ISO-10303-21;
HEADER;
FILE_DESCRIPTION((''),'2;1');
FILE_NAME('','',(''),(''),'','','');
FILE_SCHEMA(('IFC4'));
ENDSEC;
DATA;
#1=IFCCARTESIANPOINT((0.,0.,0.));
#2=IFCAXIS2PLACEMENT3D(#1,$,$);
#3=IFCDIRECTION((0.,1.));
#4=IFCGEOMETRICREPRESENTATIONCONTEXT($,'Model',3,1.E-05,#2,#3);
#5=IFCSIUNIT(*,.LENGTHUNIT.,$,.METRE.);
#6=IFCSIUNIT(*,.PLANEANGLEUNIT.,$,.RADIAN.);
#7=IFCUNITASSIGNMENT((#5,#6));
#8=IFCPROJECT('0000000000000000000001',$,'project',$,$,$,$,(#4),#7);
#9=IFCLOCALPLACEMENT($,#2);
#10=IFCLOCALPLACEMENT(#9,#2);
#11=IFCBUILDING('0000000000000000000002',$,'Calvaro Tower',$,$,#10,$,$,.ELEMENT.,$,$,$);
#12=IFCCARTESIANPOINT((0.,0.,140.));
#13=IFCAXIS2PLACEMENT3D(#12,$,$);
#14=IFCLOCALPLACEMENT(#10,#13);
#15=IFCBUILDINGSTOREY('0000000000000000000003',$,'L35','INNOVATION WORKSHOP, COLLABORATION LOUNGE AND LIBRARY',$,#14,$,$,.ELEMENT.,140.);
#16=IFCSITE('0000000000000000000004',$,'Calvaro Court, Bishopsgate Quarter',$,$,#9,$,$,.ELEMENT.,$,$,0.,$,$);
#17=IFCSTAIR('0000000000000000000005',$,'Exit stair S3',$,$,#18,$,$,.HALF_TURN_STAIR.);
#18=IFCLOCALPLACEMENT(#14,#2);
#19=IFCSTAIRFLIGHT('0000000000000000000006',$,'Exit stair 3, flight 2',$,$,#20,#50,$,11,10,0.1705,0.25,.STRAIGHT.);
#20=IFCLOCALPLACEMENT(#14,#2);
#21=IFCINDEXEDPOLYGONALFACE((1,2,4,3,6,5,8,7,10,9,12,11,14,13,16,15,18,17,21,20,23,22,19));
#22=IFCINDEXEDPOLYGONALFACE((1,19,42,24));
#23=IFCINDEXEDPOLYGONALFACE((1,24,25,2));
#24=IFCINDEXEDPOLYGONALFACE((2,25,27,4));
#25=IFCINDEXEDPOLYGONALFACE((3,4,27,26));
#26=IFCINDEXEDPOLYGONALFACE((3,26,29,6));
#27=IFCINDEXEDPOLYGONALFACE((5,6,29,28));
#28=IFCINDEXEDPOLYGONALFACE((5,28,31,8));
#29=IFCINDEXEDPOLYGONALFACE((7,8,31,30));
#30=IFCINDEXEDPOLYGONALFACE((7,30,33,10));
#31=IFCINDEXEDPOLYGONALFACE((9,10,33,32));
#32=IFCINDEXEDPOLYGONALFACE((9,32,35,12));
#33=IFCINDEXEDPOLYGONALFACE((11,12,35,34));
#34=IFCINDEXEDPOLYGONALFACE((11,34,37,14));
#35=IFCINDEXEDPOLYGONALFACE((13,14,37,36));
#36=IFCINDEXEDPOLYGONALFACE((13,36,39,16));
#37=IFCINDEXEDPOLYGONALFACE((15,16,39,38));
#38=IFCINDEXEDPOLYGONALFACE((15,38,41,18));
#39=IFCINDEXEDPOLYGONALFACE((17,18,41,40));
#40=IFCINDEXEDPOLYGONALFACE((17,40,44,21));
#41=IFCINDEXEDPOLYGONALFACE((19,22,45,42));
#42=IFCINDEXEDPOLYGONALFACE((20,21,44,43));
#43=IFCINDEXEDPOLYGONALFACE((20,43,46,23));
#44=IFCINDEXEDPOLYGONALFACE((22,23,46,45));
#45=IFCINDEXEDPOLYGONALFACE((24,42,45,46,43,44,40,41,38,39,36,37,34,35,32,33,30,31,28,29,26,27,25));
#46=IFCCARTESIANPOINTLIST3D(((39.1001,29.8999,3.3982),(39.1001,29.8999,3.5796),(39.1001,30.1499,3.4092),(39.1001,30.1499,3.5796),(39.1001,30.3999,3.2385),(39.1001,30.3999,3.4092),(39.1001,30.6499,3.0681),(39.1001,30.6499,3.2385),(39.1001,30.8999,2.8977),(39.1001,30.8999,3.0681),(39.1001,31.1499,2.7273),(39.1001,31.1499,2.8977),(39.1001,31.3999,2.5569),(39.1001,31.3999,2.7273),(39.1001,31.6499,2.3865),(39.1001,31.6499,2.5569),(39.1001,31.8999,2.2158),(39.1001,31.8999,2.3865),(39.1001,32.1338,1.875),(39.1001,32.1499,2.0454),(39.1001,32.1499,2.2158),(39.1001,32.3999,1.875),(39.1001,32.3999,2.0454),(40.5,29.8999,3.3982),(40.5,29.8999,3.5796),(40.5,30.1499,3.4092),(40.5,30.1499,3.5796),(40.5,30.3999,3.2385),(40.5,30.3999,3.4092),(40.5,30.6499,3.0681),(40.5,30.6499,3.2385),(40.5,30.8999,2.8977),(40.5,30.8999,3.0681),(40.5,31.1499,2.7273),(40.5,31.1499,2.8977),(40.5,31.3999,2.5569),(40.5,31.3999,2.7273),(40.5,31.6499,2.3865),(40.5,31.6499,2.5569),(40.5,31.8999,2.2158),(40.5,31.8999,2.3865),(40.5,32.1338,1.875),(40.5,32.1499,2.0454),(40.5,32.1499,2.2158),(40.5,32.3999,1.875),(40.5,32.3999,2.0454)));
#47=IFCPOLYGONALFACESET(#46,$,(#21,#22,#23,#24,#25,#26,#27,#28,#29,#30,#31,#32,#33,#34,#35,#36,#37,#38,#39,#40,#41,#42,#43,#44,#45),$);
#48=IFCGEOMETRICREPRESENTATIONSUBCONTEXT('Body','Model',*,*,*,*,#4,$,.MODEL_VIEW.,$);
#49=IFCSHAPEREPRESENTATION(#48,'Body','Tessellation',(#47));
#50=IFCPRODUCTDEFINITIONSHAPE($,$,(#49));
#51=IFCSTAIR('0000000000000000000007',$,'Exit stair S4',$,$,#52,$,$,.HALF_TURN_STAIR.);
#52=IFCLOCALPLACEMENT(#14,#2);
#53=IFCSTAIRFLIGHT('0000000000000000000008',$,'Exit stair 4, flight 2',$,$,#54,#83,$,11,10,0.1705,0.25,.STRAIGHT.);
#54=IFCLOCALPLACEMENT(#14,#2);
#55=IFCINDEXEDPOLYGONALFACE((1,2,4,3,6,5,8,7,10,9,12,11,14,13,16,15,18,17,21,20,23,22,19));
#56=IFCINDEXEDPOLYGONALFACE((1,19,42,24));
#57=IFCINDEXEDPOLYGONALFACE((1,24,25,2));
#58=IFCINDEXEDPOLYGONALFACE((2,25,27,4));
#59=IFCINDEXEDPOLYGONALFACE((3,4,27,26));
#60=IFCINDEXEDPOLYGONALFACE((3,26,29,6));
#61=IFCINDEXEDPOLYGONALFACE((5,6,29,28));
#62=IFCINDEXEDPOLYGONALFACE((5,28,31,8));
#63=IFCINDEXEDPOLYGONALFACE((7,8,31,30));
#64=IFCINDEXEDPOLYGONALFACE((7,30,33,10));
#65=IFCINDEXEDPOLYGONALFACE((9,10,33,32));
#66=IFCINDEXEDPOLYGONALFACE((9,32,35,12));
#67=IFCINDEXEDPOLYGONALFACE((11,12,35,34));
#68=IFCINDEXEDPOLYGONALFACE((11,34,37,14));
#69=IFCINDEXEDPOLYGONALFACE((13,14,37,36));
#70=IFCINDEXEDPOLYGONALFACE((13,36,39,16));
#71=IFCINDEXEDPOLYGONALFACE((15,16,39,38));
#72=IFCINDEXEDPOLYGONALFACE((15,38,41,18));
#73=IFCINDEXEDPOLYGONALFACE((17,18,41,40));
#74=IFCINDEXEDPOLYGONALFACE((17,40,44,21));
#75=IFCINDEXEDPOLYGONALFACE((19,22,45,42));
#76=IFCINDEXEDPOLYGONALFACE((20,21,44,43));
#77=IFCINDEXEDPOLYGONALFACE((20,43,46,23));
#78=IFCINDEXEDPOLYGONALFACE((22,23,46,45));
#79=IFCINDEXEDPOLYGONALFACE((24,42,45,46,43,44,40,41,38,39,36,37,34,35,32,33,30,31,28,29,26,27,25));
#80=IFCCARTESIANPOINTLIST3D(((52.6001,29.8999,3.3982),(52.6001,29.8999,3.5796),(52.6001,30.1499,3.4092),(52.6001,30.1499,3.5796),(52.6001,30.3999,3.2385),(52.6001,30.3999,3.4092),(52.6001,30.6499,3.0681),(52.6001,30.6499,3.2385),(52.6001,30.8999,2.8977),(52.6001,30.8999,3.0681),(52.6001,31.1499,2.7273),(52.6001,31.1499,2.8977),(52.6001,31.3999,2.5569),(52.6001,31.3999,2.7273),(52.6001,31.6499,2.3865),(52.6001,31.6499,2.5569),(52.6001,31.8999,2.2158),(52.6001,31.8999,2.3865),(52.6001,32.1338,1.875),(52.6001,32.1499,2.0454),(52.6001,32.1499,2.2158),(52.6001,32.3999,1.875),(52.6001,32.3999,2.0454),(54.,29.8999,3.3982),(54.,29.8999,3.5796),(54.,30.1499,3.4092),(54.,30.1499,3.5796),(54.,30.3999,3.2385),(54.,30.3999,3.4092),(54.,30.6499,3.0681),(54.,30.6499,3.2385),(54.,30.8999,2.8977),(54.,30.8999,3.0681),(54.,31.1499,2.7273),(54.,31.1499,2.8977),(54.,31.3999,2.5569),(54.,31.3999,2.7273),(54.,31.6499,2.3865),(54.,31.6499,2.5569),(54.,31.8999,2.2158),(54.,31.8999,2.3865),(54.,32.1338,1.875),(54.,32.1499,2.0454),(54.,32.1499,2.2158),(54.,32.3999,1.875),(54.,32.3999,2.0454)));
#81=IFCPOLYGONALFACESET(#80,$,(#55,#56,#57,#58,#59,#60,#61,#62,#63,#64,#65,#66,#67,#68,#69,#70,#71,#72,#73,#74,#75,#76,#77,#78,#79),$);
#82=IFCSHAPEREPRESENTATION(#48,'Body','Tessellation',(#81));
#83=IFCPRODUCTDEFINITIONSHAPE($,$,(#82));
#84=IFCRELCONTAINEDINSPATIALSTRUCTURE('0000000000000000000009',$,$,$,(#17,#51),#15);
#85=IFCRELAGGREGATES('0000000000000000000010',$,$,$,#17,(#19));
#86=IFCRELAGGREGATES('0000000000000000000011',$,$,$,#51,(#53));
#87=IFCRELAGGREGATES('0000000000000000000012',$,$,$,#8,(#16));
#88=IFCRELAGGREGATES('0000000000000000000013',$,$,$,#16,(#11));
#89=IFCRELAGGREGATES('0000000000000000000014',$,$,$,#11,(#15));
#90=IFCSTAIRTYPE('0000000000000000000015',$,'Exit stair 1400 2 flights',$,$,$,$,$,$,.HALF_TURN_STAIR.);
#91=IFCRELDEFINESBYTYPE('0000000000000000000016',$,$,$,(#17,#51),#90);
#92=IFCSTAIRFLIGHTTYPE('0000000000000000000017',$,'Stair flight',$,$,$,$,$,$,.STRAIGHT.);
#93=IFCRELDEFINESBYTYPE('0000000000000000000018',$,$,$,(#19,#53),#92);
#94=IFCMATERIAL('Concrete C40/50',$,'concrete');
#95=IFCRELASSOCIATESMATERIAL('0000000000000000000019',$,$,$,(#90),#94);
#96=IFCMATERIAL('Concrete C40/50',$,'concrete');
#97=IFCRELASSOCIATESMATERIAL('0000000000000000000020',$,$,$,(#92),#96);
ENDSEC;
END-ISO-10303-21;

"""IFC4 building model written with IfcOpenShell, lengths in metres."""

from ifc_helpers import new_model, si_unit, direction, frame, origin, place, context, subcontext, project, spatial, polyline, outline, extrude, material, type_object, element, aggregate, save


model = new_model("IFC4")

# Units and contexts
model_context = context("Model", 3, precision=1e-05, world=origin(), true_north=direction((0.0, 1.0)))
body_context = subcontext(model_context, "Body", "Model", "MODEL_VIEW")
ifc_project = project(units=[si_unit("LENGTHUNIT", "METRE"), si_unit("PLANEANGLEUNIT", "RADIAN")], contexts=[model_context])

# Site, building, storey
site_placement = place(None, origin())
site = spatial("IfcSite", under=ifc_project, at=site_placement, Name="Calvaro Court, Bishopsgate Quarter", CompositionType="ELEMENT", RefElevation=0.0)
building_placement = place(site_placement, origin())
building = spatial("IfcBuilding", under=site, at=building_placement, Name="Calvaro Tower", CompositionType="ELEMENT")
storey_placement = place(building_placement, frame((0.0, 0.0, 140.0)))
storey = spatial("IfcBuildingStorey", under=building, at=storey_placement, Name="L35", Description="INNOVATION WORKSHOP, COLLABORATION LOUNGE AND LIBRARY", CompositionType="ELEMENT", Elevation=140.0)

# Stairs, stair flights
ifc_material_1 = material(Name="Concrete C40/50", Category="concrete")
stair_type = type_object("IfcStairType", Name="Exit stair 1400 2 flights", PredefinedType="HALF_TURN_STAIR", material=ifc_material_1)
stair_1_placement = place(storey_placement, origin())
stair_1 = element("IfcStair", 1, at=stair_1_placement, inside=storey, type_object=stair_type, Name="Exit stair S3", PredefinedType="HALF_TURN_STAIR")
ifc_material_2 = material(Name="Concrete C40/50", Category="concrete")
stair_flight_type = type_object("IfcStairFlightType", Name="Stair flight", PredefinedType="STRAIGHT", material=ifc_material_2)
stair_flight_1_placement = place(storey_placement, frame((39.8, 32.3999, 1.875), z_axis=(0.0, 0.0, 1.0), x_axis=(0.0, -1.0, 0.0)))
stair_flight_1 = element("IfcStairFlight", 2, at=stair_flight_1_placement, type_object=stair_flight_type, Name="Exit stair 3, flight 2", NumberOfRisers=11, NumberOfTreads=10, PredefinedType="STRAIGHT", RiserHeight=0.1705, TreadLength=0.25, context=body_context, shape_type="SweptSolid", body=[
    extrude(outline(polyline([(0.0, 0.0), (0.0, 0.1704), (0.25, 0.1704), (0.25, 0.3408), (0.5, 0.3408), (0.5, 0.5115), (0.75, 0.5115), (0.75, 0.6819), (1.0, 0.6819), (1.0, 0.8523), (1.25, 0.8523), (1.25, 1.0227), (1.5, 1.0227), (1.5, 1.1931), (1.75, 1.1931), (1.75, 1.3635), (2.0, 1.3635), (2.0, 1.5342), (2.25, 1.5342), (2.25, 1.7046), (2.5, 1.7046), (2.5, 1.875), (2.5, 1.5232), (0.2661, 0.0), (0.0, 0.0)])), frame((0.0, 0.7, 0.0), z_axis=(0.0, -1.0, 0.0), x_axis=(1.0, 0.0, 0.0)), (0.0, 0.0, 1.0), 1.3999),
])
stair_2_placement = place(storey_placement, origin())
stair_2 = element("IfcStair", 3, at=stair_2_placement, inside=storey, type_object=stair_type, Name="Exit stair S4", PredefinedType="HALF_TURN_STAIR")
stair_flight_2_placement = place(storey_placement, frame((53.3, 32.3999, 1.875), z_axis=(0.0, 0.0, 1.0), x_axis=(0.0, -1.0, 0.0)))
stair_flight_2 = element("IfcStairFlight", 4, at=stair_flight_2_placement, type_object=stair_flight_type, Name="Exit stair 4, flight 2", NumberOfRisers=11, NumberOfTreads=10, PredefinedType="STRAIGHT", RiserHeight=0.1705, TreadLength=0.25, context=body_context, shape_type="SweptSolid", body=[
    extrude(outline(polyline([(0.0, 0.0), (0.0, 0.1704), (0.25, 0.1704), (0.25, 0.3408), (0.5, 0.3408), (0.5, 0.5115), (0.75, 0.5115), (0.75, 0.6819), (1.0, 0.6819), (1.0, 0.8523), (1.25, 0.8523), (1.25, 1.0227), (1.5, 1.0227), (1.5, 1.1931), (1.75, 1.1931), (1.75, 1.3635), (2.0, 1.3635), (2.0, 1.5342), (2.25, 1.5342), (2.25, 1.7046), (2.5, 1.7046), (2.5, 1.875), (2.5, 1.5232), (0.2661, 0.0), (0.0, 0.0)])), frame((0.0, 0.7, 0.0), z_axis=(0.0, -1.0, 0.0), x_axis=(1.0, 0.0, 0.0)), (0.0, 0.0, 1.0), 1.3999),
])

aggregate(stair_1, [stair_flight_1])
aggregate(stair_2, [stair_flight_2])

save(model, "model.ifc")
